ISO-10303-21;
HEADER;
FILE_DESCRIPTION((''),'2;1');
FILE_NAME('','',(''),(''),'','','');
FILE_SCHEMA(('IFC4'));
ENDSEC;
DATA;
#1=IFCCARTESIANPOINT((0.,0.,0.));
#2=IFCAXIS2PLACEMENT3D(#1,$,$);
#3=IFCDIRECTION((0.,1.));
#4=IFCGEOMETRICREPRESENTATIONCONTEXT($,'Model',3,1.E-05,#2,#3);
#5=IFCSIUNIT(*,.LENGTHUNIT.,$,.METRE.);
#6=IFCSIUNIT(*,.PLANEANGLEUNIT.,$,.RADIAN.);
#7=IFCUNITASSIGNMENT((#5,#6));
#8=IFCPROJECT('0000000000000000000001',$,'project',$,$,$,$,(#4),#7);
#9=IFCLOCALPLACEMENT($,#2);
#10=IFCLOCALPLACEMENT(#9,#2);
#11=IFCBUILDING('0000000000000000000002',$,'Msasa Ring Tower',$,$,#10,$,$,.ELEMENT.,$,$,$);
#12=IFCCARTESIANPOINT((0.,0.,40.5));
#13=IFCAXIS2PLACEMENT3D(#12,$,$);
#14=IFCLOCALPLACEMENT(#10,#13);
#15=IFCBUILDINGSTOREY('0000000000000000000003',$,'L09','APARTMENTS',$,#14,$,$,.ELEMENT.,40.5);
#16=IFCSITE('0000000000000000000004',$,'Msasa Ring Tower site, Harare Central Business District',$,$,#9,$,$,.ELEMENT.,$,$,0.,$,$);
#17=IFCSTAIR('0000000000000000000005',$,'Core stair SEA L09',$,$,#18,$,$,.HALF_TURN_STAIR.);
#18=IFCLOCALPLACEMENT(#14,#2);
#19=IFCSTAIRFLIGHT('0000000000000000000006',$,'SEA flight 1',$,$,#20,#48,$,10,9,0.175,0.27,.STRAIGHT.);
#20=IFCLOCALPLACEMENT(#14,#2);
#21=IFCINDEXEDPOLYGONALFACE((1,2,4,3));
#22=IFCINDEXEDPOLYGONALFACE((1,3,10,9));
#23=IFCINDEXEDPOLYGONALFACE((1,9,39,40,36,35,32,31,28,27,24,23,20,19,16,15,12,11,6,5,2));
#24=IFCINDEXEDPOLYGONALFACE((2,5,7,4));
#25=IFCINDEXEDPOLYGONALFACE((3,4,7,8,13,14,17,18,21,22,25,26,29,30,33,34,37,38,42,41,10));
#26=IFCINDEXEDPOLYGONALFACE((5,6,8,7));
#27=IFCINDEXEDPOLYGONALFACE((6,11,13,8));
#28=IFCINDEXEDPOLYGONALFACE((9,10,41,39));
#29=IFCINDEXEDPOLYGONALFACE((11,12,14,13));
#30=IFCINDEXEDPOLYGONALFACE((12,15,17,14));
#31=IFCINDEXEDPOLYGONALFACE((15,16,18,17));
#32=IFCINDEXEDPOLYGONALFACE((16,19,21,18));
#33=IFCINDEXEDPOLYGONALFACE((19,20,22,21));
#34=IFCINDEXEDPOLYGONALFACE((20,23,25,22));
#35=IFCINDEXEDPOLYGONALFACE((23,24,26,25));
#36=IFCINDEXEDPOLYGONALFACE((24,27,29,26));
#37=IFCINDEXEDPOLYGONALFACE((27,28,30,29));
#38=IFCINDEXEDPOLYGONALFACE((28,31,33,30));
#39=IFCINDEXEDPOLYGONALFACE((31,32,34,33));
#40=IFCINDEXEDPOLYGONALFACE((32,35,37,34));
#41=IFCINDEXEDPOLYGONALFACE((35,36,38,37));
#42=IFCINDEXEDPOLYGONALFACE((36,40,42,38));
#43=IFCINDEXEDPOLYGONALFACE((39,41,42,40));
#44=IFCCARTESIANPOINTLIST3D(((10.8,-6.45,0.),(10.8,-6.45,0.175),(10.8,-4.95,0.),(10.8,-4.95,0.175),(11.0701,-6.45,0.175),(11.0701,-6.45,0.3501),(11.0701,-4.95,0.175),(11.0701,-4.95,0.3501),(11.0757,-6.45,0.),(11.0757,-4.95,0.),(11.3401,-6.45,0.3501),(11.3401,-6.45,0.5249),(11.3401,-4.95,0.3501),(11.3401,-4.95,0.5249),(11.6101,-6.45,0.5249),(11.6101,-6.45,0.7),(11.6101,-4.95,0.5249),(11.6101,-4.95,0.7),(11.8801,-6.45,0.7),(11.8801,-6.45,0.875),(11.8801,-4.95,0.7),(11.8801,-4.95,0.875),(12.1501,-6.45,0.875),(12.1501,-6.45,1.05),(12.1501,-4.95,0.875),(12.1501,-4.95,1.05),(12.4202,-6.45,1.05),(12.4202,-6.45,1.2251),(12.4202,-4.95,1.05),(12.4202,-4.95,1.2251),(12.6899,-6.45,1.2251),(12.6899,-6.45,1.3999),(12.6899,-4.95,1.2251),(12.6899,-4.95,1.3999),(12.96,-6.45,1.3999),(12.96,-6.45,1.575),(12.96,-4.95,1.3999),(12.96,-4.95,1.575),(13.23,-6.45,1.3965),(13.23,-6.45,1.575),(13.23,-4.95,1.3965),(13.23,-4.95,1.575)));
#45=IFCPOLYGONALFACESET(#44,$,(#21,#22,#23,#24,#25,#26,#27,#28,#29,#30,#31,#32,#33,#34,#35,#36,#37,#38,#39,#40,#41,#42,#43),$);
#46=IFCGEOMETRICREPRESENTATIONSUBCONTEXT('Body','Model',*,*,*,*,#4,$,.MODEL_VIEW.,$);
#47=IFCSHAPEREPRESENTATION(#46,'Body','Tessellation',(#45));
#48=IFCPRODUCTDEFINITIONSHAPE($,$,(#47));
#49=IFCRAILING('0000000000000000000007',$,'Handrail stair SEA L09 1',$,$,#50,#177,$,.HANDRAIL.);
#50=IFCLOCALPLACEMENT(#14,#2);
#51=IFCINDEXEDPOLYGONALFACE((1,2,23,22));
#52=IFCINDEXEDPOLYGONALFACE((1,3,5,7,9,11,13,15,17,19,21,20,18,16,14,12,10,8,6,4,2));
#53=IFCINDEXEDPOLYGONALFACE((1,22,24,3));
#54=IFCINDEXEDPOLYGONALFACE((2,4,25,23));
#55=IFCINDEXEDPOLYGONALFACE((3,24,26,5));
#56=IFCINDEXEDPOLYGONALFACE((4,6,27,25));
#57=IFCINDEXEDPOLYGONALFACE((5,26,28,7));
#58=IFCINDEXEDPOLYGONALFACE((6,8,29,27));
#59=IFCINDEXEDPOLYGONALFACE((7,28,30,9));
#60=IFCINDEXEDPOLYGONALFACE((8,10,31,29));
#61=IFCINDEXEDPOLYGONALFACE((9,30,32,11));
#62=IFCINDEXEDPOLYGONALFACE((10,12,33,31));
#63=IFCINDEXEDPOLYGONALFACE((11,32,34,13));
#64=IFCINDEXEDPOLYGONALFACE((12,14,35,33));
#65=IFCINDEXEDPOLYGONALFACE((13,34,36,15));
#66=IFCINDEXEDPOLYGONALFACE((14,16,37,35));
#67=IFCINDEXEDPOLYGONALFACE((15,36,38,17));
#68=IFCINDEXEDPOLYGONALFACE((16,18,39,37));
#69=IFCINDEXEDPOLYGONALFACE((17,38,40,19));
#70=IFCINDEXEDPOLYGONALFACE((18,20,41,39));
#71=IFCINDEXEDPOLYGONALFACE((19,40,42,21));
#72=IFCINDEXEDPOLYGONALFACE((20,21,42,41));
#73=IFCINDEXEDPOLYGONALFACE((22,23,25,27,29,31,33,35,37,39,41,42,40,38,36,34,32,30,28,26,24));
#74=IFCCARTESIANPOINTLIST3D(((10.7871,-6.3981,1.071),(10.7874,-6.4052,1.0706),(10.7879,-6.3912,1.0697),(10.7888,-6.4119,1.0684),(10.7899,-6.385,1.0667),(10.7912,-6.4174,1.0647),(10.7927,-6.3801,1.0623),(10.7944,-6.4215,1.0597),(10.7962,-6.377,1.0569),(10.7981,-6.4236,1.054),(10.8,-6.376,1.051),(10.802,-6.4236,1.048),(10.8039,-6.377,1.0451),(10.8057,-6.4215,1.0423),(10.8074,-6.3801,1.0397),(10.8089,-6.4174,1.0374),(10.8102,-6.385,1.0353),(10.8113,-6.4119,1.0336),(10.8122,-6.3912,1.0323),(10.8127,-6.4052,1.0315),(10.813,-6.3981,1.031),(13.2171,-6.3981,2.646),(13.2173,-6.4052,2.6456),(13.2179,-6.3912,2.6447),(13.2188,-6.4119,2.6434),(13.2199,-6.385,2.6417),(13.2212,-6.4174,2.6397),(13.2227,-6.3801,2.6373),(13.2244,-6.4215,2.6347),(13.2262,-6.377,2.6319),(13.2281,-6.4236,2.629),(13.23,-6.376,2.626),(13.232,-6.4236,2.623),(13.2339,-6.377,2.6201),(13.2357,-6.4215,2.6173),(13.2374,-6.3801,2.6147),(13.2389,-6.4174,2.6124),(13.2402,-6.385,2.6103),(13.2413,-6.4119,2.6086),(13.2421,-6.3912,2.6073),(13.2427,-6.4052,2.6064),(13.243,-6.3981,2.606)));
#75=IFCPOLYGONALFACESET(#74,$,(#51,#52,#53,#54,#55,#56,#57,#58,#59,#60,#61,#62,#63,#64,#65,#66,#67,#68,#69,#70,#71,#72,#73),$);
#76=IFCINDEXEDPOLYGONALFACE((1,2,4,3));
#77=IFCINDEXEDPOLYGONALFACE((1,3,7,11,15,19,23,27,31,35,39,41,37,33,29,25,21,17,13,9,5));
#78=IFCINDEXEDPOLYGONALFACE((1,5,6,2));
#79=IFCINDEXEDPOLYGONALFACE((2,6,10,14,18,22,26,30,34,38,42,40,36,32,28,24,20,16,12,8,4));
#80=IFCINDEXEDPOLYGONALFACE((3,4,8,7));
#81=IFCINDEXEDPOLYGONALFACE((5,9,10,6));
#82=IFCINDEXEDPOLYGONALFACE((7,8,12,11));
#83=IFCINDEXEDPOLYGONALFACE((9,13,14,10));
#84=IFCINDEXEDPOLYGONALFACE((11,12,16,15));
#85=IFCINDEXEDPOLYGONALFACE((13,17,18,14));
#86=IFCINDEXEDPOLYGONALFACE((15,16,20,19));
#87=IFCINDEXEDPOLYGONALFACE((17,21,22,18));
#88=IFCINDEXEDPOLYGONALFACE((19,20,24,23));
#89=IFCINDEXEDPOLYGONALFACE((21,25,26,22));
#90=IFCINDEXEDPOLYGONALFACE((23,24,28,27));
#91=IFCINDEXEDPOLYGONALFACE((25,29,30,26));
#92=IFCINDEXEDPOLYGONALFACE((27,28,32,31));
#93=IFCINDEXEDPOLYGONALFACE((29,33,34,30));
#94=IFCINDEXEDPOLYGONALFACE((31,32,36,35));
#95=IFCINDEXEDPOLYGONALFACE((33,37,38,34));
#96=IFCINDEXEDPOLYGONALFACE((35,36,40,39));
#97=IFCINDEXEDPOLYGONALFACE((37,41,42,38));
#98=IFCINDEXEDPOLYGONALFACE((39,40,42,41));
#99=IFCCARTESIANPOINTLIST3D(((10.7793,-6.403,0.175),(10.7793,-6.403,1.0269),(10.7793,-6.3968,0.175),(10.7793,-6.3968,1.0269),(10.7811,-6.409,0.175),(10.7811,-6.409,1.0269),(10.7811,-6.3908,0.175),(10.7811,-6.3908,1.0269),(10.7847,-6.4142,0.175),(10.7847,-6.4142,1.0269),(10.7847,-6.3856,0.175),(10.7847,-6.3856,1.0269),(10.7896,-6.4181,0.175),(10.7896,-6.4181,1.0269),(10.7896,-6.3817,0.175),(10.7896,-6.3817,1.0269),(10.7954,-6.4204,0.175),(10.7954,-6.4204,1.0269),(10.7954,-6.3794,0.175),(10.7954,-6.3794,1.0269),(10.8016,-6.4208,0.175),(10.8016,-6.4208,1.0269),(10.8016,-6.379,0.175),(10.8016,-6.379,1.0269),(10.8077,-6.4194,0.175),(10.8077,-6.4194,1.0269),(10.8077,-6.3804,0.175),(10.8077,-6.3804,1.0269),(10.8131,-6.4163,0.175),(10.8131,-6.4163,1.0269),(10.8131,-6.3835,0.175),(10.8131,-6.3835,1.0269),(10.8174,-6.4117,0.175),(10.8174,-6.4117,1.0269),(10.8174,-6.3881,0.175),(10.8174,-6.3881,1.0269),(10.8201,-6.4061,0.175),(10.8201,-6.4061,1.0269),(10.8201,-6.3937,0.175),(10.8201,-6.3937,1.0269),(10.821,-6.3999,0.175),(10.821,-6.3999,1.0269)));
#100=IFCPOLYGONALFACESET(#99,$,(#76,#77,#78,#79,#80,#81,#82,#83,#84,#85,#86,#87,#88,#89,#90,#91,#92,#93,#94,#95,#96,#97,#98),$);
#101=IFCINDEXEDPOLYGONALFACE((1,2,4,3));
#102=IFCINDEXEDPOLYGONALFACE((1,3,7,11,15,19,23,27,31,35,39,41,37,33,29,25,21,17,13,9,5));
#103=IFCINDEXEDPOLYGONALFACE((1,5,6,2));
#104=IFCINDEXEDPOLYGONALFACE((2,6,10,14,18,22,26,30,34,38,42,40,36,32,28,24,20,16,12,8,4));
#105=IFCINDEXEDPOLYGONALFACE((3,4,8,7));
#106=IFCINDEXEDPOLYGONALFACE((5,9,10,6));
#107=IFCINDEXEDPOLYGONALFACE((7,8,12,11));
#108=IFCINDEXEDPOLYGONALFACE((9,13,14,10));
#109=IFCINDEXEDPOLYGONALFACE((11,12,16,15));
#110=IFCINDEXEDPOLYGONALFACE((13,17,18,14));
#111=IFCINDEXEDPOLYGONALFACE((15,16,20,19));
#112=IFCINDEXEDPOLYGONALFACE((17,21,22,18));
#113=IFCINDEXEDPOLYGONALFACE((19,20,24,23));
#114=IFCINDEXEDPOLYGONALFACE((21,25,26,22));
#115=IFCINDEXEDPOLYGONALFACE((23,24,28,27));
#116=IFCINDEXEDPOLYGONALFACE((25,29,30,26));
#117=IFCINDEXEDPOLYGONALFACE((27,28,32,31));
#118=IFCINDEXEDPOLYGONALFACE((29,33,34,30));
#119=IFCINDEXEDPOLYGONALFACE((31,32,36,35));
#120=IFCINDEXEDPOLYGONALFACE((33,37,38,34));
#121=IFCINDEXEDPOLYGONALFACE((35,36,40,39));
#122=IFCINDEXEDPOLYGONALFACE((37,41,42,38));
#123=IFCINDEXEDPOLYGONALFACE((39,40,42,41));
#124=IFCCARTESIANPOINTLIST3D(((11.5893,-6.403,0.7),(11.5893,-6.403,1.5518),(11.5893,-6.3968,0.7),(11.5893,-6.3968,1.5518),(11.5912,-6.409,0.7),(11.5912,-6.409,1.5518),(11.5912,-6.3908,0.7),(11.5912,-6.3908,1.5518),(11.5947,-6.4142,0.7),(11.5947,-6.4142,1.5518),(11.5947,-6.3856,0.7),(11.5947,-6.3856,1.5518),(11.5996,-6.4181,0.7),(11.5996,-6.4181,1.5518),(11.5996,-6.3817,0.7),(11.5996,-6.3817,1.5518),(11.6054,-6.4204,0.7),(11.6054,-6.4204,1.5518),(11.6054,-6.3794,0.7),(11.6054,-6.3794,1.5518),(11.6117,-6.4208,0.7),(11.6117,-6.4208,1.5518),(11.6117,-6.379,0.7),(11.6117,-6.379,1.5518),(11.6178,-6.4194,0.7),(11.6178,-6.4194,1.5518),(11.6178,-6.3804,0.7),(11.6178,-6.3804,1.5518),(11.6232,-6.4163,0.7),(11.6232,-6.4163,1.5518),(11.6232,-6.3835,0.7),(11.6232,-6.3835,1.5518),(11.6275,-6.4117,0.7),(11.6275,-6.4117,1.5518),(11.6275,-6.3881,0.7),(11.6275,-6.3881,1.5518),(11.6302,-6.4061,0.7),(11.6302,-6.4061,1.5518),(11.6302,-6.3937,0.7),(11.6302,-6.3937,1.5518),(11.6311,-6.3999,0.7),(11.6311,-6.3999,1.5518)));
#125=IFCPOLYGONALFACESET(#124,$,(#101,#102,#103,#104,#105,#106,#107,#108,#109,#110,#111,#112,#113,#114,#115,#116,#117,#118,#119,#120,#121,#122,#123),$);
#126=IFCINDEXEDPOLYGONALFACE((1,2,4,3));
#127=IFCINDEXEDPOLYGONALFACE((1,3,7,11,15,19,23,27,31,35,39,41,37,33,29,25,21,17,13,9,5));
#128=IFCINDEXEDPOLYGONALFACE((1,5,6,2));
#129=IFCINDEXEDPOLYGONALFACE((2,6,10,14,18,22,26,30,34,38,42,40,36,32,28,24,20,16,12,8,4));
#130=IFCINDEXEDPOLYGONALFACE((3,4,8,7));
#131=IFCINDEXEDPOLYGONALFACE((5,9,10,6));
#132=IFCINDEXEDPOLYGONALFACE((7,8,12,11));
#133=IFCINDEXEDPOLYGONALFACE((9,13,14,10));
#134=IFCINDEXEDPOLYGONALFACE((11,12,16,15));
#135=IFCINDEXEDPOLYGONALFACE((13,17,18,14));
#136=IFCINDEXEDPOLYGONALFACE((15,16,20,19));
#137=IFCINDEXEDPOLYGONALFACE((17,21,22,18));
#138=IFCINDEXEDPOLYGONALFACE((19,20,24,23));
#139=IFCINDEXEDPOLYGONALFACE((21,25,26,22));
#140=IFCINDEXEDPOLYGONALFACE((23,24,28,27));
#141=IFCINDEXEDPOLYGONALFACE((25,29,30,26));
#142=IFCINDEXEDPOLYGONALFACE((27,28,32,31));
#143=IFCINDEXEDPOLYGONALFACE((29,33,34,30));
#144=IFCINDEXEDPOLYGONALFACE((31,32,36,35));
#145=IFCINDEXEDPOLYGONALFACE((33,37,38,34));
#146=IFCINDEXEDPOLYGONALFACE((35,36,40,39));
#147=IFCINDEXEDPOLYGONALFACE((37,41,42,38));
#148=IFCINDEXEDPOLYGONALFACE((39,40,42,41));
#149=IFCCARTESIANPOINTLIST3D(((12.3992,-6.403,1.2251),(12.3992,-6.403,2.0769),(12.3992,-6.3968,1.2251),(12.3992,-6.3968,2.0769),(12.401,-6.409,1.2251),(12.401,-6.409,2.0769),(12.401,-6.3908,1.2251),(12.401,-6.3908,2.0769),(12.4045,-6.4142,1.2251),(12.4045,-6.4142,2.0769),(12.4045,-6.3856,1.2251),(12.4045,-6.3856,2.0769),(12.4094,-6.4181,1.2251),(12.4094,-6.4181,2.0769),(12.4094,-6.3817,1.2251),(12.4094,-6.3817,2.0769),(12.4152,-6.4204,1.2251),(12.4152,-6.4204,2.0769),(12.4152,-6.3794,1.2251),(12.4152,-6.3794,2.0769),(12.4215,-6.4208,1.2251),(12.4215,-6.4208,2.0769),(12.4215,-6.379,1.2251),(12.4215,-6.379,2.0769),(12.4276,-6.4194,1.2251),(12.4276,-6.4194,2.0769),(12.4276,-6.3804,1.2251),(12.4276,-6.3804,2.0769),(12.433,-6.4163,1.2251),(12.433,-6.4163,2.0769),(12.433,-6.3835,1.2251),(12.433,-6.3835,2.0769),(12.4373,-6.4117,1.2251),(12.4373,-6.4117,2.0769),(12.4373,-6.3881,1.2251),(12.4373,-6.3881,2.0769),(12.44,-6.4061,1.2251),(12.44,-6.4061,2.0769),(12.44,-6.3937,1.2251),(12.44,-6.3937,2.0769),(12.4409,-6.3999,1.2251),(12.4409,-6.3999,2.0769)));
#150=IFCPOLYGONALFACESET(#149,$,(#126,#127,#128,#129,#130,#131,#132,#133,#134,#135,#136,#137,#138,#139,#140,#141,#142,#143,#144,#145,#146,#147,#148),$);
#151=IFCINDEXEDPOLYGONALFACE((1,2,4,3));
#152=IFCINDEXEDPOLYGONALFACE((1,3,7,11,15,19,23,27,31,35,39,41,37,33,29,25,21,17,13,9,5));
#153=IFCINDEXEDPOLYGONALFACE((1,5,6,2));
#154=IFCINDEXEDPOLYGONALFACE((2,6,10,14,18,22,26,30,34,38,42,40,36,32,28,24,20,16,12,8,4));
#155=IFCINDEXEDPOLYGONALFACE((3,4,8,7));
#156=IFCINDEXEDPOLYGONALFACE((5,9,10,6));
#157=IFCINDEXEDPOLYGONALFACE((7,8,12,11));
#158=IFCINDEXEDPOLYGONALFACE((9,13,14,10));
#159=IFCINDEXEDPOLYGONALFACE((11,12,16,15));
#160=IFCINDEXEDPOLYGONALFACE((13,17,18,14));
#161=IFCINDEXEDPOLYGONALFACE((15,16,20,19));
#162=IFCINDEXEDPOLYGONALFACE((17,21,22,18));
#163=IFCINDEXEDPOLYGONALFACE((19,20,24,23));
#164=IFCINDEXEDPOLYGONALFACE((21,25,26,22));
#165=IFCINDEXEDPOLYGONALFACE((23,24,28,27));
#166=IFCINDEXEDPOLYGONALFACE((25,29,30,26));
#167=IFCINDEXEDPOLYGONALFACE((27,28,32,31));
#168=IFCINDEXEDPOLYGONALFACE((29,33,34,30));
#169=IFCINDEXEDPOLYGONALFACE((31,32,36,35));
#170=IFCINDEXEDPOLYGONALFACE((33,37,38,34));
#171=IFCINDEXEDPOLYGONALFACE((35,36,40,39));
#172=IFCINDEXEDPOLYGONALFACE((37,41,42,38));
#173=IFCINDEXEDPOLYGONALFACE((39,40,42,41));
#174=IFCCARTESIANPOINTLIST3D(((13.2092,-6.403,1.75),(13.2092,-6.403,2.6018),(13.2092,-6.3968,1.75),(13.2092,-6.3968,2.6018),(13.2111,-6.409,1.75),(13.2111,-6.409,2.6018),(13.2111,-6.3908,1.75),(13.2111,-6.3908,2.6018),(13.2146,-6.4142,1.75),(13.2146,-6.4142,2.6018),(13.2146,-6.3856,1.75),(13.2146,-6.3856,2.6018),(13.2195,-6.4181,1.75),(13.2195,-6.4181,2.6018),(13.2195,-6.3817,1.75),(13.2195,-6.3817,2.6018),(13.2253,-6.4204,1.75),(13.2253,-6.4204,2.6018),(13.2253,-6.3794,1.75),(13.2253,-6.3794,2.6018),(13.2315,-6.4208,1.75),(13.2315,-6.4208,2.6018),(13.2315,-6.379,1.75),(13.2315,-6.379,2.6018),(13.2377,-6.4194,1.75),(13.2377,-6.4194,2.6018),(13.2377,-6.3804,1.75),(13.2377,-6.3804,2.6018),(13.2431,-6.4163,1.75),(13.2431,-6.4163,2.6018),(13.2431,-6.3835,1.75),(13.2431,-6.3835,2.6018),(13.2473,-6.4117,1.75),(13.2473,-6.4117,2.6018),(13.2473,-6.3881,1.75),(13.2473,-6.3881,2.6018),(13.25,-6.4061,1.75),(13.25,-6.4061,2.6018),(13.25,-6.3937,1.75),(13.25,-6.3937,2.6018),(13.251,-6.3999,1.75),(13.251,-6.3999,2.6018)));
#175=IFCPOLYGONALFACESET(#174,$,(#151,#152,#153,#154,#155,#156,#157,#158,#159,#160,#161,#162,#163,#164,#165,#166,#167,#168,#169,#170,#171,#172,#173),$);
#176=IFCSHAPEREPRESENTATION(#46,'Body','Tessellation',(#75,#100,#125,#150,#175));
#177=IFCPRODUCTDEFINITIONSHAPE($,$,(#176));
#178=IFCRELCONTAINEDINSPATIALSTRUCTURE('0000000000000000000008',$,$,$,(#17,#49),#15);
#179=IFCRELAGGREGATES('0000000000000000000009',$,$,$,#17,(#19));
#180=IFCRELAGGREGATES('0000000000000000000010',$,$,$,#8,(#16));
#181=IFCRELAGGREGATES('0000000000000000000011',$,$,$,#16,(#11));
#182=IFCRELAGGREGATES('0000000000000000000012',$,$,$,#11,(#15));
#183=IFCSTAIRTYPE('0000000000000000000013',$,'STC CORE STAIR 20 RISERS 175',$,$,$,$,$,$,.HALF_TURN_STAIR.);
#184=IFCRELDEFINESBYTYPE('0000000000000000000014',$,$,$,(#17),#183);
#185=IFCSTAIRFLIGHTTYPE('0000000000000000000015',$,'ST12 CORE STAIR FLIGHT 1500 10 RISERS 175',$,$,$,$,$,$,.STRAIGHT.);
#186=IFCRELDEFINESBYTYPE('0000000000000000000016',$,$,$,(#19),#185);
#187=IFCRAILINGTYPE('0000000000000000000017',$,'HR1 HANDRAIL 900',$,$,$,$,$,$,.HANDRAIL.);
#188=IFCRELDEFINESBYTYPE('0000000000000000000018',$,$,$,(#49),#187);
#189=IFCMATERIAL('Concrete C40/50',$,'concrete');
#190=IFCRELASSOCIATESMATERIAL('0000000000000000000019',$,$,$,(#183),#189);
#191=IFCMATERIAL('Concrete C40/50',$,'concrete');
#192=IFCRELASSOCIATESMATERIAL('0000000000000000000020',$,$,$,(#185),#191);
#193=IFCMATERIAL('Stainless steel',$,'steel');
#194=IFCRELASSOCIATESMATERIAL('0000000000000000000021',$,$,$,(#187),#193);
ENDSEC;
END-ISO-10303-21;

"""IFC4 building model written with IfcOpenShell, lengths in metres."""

from ifc_helpers import new_model, si_unit, direction, frame, origin, origin_2d, place, context, subcontext, project, spatial, polyline, circle, outline, extrude, material, type_object, element, aggregate, save


model = new_model("IFC4")

# Units and contexts
model_context = context("Model", 3, precision=1e-05, world=origin(), true_north=direction((0.0, 1.0)))
body_context = subcontext(model_context, "Body", "Model", "MODEL_VIEW")
ifc_project = project(units=[si_unit("LENGTHUNIT", "METRE"), si_unit("PLANEANGLEUNIT", "RADIAN")], contexts=[model_context])

# Site, building, storey
site_placement = place(None, origin())
site = spatial("IfcSite", under=ifc_project, at=site_placement, Name="Msasa Ring Tower site, Harare Central Business District", CompositionType="ELEMENT", RefElevation=0.0)
building_placement = place(site_placement, origin())
building = spatial("IfcBuilding", under=site, at=building_placement, Name="Msasa Ring Tower", CompositionType="ELEMENT")
storey_placement = place(building_placement, frame((0.0, 0.0, 40.5)))
storey = spatial("IfcBuildingStorey", under=building, at=storey_placement, Name="L09", Description="APARTMENTS", CompositionType="ELEMENT", Elevation=40.5)

# Stair, stair flight
ifc_material_1 = material(Name="Concrete C40/50", Category="concrete")
stair_type = type_object("IfcStairType", Name="STC CORE STAIR 20 RISERS 175", PredefinedType="HALF_TURN_STAIR", material=ifc_material_1)
stair_placement = place(storey_placement, origin())
stair = element("IfcStair", 1, at=stair_placement, inside=storey, type_object=stair_type, Name="Core stair SEA L09", PredefinedType="HALF_TURN_STAIR")
ifc_material_2 = material(Name="Concrete C40/50", Category="concrete")
stair_flight_type = type_object("IfcStairFlightType", Name="ST12 CORE STAIR FLIGHT 1500 10 RISERS 175", PredefinedType="STRAIGHT", material=ifc_material_2)
stair_flight_placement = place(storey_placement, frame((10.8, -5.7, 0.0), z_axis=(0.0, 0.0, 1.0), x_axis=(1.0, 0.0, 0.0)))
stair_flight = element("IfcStairFlight", 2, at=stair_flight_placement, type_object=stair_flight_type, Name="SEA flight 1", NumberOfRisers=10, NumberOfTreads=9, PredefinedType="STRAIGHT", RiserHeight=0.175, TreadLength=0.27, context=body_context, shape_type="SweptSolid", body=[
    extrude(outline(polyline([(0.0, 0.0), (0.0, 0.175), (0.27, 0.175), (0.27, 0.3501), (0.54, 0.3501), (0.54, 0.5249), (0.8101, 0.5249), (0.8101, 0.7), (1.0801, 0.7), (1.0801, 0.875), (1.3501, 0.875), (1.3501, 1.05), (1.6201, 1.05), (1.6201, 1.2251), (1.8899, 1.2251), (1.8899, 1.3999), (2.1599, 1.3999), (2.1599, 1.575), (2.4299, 1.575), (2.4299, 1.75), (2.4299, 1.3965), (0.2756, 0.0), (0.0, 0.0)])), frame((0.0, 0.75, 0.0), z_axis=(0.0, -1.0, 0.0), x_axis=(1.0, 0.0, 0.0)), (0.0, 0.0, 1.0), 1.5),
])
aggregate(stair, [stair_flight])

# Railing
ifc_material_3 = material(Name="Stainless steel", Category="steel")
railing_type = type_object("IfcRailingType", Name="HR1 HANDRAIL 900", PredefinedType="HANDRAIL", material=ifc_material_3)
for number, where, name in (
    (3, (10.8, -6.3999, 0.175), "Handrail stair SEA L09 1"),
):
    element("IfcRailing", number, at=place(storey_placement, frame(where)), inside=storey, type_object=railing_type, Name=name, PredefinedType="HANDRAIL", context=body_context, shape_type="SweptSolid", body=[
        extrude(circle(Radius=0.0239, at=origin_2d()), frame((0.0, 0.0, 0.876), z_axis=(0.839154, 0.0, 0.543894), x_axis=(0.0, 1.0, 0.0)), (0.0, 0.0, 1.0), 2.8958),
        extrude(circle(Radius=0.021, at=origin_2d()), origin(), (0.0, 0.0, 1.0), 0.8518),
        extrude(circle(Radius=0.021, at=origin_2d()), frame((0.8101, 0.0, 0.5249)), (0.0, 0.0, 1.0), 0.8518),
        extrude(circle(Radius=0.021, at=origin_2d()), frame((1.6199, 0.0, 1.05)), (0.0, 0.0, 1.0), 0.8518),
        extrude(circle(Radius=0.021, at=origin_2d()), frame((2.4299, 0.0, 1.575)), (0.0, 0.0, 1.0), 0.8518),
    ])

save(model, "model.ifc")
